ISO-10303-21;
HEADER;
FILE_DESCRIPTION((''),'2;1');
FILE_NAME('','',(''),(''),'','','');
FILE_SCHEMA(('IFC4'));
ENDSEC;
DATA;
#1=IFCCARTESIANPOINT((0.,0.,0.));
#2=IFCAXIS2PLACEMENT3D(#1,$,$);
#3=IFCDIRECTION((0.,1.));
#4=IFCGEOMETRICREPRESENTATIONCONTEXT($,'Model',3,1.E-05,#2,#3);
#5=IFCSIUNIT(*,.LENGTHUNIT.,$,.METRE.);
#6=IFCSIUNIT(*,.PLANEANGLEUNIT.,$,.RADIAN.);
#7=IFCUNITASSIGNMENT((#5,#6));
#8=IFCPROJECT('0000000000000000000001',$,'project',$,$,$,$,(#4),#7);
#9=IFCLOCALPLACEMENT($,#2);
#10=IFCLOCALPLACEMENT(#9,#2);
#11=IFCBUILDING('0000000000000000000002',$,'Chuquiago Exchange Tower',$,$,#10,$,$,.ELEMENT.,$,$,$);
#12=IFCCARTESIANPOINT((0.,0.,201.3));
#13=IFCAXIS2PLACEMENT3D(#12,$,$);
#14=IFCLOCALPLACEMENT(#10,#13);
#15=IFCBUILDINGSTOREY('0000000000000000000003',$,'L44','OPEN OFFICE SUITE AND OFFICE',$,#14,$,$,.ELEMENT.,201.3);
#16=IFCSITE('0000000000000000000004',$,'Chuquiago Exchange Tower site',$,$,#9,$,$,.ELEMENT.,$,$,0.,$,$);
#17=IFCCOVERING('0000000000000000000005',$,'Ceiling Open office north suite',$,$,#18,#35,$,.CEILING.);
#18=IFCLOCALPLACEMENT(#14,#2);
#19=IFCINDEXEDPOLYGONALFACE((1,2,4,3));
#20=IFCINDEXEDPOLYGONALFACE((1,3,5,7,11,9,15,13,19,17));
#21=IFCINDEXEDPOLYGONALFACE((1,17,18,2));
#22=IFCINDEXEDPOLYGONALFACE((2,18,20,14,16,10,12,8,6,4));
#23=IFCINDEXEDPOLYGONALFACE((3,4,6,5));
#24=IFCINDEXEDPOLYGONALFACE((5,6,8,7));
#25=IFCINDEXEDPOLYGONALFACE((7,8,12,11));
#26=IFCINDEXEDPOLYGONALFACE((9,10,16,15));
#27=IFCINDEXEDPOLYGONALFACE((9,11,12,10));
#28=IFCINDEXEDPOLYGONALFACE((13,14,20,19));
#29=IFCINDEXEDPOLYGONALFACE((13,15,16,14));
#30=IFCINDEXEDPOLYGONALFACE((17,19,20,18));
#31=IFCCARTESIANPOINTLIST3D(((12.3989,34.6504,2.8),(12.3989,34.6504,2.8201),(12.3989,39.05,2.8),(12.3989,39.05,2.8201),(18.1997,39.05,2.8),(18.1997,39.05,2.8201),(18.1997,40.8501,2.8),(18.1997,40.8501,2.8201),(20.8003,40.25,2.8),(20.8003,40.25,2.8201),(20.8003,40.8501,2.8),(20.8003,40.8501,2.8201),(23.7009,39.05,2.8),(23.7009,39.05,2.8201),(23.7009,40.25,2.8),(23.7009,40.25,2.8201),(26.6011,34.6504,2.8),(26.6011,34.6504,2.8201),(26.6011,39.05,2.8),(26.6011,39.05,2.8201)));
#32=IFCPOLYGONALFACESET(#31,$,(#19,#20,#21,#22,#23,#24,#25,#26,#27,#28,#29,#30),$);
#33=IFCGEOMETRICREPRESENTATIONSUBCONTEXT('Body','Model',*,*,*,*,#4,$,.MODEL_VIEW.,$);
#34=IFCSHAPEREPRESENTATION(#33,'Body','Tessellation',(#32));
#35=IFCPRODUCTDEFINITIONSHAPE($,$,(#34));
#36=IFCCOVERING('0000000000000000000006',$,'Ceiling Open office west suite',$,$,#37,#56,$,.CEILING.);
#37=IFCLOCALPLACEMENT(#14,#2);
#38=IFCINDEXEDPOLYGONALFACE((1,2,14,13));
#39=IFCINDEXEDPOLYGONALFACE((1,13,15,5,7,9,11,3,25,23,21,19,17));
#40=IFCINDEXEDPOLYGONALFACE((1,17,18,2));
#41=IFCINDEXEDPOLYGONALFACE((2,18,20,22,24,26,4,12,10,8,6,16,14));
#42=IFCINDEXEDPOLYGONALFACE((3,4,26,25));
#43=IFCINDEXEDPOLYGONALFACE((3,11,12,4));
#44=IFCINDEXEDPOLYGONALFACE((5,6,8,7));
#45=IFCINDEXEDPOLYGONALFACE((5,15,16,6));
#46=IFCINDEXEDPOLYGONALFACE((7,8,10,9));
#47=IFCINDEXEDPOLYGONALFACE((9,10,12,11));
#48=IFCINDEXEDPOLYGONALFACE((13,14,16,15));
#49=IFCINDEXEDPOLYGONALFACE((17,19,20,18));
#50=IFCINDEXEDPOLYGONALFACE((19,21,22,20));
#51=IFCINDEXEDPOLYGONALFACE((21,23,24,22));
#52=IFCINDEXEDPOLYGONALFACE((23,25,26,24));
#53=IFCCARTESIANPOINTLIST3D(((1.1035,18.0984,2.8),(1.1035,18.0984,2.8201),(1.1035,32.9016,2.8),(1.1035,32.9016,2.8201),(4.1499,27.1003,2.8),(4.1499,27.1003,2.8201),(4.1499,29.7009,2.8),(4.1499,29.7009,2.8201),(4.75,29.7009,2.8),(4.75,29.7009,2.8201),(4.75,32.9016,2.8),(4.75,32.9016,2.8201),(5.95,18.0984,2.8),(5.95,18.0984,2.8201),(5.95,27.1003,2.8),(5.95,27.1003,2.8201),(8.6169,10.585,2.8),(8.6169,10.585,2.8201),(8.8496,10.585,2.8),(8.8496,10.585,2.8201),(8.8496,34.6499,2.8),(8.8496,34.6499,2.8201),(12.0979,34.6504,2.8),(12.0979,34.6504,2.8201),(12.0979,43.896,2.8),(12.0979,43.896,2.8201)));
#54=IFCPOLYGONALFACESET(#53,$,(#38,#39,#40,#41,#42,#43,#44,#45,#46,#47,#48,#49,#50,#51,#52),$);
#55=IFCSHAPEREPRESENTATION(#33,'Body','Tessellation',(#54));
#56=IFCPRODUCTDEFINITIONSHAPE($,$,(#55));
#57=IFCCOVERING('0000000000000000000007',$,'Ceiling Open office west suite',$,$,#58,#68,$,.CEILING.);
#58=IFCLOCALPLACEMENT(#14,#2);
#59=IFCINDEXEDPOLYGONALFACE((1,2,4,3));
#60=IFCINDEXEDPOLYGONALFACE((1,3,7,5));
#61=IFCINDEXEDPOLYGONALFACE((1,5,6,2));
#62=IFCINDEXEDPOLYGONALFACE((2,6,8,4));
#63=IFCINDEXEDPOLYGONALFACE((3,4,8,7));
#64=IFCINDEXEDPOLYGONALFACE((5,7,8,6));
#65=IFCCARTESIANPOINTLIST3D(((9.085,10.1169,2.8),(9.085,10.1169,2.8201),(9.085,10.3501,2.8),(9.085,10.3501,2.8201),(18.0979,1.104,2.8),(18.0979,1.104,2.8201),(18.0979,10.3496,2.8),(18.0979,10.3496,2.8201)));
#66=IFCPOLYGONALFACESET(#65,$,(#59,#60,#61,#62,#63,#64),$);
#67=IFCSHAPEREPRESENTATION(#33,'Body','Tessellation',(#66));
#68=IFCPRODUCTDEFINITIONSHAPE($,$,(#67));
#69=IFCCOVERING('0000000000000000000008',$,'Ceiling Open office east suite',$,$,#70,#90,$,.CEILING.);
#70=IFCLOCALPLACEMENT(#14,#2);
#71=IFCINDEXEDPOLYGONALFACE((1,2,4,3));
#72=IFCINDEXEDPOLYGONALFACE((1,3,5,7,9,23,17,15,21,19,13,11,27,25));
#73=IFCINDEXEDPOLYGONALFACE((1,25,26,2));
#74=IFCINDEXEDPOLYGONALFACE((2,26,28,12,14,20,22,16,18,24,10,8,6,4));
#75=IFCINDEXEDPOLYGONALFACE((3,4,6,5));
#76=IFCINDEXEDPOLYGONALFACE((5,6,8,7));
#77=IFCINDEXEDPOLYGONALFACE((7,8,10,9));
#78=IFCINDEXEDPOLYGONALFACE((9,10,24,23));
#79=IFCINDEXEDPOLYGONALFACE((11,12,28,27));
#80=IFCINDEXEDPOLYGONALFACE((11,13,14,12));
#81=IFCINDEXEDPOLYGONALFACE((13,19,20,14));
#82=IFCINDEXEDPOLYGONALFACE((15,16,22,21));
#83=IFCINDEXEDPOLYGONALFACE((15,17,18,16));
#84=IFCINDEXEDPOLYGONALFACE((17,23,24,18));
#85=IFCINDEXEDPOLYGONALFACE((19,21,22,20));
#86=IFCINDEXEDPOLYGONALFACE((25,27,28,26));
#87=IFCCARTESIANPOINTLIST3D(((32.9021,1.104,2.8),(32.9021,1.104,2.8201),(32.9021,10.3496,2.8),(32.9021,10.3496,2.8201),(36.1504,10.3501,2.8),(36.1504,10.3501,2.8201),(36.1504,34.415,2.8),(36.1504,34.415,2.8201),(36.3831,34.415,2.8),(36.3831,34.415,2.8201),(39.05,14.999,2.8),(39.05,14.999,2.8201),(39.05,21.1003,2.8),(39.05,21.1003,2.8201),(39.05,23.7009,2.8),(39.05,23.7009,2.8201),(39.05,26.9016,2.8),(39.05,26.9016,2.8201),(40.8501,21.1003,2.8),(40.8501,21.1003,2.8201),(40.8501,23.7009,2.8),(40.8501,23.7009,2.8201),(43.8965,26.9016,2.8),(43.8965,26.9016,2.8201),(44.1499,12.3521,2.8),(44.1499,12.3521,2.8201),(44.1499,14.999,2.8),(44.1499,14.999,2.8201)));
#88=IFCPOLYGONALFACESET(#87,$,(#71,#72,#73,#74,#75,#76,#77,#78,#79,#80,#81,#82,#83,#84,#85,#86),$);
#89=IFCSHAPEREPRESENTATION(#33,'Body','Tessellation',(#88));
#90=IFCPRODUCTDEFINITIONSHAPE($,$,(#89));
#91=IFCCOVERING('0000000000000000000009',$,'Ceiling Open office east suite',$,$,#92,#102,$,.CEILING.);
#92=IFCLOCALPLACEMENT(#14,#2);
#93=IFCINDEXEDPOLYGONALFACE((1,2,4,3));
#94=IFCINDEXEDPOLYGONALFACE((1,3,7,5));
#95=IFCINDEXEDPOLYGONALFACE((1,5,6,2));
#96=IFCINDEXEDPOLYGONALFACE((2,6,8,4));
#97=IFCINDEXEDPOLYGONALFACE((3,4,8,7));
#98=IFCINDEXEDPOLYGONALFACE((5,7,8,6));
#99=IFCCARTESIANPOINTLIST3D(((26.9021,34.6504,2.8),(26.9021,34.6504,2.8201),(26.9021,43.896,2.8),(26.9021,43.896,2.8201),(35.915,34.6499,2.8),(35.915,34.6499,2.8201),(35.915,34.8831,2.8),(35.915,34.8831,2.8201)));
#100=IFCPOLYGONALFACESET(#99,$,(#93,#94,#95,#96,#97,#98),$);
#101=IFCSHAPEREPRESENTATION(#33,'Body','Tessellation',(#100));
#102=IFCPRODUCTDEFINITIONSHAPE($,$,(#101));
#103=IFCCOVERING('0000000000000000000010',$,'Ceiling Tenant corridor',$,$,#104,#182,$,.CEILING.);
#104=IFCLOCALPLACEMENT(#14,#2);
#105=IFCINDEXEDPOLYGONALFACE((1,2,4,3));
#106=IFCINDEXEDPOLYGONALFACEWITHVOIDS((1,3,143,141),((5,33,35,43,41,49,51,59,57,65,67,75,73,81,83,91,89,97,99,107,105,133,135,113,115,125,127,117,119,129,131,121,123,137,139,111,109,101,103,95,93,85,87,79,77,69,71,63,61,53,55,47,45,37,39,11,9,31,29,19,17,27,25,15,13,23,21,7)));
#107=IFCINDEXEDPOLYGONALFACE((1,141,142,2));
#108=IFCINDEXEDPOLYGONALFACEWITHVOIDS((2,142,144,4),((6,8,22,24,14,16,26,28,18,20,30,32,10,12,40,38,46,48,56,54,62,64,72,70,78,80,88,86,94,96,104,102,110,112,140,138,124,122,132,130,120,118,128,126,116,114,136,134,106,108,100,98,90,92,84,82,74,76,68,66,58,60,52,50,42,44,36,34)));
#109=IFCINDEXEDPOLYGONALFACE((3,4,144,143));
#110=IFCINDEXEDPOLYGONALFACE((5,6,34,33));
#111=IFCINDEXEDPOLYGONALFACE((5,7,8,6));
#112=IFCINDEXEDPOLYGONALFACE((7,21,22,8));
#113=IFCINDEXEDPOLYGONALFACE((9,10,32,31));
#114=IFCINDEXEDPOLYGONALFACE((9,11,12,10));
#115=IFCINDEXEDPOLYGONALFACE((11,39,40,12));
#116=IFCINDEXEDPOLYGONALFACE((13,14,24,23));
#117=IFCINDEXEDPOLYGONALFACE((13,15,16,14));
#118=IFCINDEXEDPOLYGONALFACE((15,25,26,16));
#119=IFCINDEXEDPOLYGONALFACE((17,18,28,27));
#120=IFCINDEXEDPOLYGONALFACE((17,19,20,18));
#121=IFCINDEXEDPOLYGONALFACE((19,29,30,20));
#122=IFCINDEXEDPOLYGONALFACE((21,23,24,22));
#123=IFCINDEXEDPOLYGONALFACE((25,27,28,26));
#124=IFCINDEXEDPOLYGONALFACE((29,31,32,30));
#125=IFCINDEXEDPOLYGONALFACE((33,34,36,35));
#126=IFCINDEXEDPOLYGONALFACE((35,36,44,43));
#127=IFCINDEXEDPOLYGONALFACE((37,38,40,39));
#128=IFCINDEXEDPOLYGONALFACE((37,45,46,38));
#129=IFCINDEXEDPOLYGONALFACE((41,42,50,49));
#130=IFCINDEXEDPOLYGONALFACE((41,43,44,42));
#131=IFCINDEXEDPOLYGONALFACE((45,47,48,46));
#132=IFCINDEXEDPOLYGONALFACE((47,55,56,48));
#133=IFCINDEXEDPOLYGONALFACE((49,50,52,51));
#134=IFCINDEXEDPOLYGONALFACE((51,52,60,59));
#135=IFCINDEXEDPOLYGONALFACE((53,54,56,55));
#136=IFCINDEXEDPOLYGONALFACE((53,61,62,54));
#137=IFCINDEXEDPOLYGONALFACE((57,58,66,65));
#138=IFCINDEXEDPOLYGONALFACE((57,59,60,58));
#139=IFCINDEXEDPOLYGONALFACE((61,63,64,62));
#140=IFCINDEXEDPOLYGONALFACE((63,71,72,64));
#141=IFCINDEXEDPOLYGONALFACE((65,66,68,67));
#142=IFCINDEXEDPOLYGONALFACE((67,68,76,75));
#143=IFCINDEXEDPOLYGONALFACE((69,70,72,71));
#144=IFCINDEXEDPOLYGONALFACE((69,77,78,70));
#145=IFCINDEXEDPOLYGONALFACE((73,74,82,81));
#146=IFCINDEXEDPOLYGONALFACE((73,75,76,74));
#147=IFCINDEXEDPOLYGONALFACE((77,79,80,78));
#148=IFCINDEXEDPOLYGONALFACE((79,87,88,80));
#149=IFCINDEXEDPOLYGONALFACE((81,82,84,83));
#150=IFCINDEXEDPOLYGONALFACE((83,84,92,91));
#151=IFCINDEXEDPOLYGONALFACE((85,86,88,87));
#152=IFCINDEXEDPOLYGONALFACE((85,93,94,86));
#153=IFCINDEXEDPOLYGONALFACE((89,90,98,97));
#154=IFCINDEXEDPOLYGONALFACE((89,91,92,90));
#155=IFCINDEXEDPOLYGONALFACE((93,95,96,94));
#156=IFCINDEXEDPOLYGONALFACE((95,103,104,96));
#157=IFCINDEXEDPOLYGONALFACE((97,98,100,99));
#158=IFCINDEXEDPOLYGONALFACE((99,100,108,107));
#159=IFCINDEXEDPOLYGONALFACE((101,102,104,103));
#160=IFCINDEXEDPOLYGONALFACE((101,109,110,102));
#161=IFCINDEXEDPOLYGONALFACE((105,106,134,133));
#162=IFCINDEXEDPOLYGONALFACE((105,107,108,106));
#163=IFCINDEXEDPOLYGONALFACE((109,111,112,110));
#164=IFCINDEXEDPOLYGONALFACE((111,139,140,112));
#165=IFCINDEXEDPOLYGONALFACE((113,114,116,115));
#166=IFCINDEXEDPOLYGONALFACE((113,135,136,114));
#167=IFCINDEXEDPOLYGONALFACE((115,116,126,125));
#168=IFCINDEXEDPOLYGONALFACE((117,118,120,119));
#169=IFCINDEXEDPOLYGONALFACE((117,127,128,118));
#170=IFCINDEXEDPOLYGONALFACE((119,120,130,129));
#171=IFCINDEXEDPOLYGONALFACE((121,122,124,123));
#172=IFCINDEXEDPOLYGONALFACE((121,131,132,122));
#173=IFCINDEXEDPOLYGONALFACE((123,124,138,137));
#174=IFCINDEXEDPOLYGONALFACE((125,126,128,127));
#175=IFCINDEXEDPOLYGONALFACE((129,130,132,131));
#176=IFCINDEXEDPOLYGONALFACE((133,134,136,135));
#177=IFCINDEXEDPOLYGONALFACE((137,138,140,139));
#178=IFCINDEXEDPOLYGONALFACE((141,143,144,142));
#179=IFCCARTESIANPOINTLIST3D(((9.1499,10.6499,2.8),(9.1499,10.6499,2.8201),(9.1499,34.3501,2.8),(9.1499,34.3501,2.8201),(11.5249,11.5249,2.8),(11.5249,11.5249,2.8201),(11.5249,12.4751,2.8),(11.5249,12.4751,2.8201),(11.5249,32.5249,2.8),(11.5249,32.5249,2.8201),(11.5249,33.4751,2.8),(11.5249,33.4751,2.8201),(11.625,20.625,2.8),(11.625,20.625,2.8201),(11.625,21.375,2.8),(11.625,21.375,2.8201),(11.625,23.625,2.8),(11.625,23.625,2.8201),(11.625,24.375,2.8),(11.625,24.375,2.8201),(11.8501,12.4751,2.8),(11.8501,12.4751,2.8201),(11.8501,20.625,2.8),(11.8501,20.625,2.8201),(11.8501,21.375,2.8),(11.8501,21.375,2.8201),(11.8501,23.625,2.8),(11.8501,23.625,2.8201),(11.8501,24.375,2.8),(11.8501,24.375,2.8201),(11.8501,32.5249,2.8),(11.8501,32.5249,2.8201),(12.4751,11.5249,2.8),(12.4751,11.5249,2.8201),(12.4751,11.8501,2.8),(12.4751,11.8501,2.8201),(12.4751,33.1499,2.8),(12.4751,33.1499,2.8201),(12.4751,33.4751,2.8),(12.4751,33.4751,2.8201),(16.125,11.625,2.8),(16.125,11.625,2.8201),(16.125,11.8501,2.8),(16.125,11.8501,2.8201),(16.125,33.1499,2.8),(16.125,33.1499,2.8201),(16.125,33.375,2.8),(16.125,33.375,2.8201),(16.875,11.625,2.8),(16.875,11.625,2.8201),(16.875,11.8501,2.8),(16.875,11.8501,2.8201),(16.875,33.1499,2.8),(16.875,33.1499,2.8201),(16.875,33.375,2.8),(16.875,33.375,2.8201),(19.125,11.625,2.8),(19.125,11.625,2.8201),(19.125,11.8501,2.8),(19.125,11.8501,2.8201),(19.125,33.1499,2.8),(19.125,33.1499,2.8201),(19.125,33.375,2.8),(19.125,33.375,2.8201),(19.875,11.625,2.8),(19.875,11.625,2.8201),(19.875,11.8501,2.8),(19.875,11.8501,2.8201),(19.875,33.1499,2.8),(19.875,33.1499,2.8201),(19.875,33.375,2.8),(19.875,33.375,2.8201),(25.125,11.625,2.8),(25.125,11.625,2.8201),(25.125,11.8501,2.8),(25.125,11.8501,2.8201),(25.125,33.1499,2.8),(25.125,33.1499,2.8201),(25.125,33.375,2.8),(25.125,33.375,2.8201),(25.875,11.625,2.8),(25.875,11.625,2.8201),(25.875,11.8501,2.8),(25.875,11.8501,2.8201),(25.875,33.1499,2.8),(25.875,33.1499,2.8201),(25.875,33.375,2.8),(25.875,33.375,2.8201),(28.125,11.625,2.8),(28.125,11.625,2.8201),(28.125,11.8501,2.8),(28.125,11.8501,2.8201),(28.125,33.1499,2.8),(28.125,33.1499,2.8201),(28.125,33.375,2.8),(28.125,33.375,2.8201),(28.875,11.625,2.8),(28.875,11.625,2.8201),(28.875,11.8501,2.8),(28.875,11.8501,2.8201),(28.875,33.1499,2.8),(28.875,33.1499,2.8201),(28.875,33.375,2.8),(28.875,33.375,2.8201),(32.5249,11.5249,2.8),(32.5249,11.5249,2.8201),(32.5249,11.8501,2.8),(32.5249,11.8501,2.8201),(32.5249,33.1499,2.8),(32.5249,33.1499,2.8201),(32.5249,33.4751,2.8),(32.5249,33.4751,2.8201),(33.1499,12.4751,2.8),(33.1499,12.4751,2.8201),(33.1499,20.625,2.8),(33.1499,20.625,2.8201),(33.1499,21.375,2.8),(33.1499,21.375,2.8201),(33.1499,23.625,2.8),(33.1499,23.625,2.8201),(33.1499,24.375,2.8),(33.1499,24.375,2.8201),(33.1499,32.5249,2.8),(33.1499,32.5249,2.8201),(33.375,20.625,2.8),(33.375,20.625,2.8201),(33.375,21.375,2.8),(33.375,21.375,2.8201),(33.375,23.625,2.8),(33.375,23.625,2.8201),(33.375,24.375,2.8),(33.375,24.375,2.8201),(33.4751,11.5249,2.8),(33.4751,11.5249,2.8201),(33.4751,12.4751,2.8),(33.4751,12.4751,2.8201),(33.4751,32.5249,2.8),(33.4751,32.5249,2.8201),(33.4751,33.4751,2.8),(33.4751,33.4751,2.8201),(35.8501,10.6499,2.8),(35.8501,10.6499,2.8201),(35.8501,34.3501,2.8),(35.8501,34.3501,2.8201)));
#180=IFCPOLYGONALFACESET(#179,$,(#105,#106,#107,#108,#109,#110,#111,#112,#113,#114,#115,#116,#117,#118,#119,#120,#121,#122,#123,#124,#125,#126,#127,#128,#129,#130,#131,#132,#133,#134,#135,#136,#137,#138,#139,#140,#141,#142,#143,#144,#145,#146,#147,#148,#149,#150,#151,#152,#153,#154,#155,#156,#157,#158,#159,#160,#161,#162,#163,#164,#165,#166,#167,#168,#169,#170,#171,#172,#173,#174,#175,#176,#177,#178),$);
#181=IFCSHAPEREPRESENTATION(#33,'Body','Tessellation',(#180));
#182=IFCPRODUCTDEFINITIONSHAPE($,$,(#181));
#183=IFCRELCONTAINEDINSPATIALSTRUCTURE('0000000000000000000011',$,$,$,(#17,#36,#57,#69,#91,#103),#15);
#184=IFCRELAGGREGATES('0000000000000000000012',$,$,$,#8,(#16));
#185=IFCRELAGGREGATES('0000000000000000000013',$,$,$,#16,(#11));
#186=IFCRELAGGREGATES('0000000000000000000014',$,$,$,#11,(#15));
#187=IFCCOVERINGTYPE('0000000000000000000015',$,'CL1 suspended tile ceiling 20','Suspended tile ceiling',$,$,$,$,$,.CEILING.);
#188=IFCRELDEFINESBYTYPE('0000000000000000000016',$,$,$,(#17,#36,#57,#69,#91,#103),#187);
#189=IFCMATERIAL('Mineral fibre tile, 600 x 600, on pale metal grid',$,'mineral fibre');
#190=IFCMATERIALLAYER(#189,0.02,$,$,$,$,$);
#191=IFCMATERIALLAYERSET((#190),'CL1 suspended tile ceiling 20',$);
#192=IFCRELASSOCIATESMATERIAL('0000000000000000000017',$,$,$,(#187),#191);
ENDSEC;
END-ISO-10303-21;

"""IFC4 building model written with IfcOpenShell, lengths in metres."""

from ifc_helpers import new_model, si_unit, direction, frame, origin, place, context, subcontext, project, spatial, polyline, outline, extrude, material, layer, layer_set, type_object, element, save


model = new_model("IFC4")

# Units and contexts
model_context = context("Model", 3, precision=1e-05, world=origin(), true_north=direction((0.0, 1.0)))
body_context = subcontext(model_context, "Body", "Model", "MODEL_VIEW")
ifc_project = project(units=[si_unit("LENGTHUNIT", "METRE"), si_unit("PLANEANGLEUNIT", "RADIAN")], contexts=[model_context])

# Site, building, storey
site_placement = place(None, origin())
site = spatial("IfcSite", under=ifc_project, at=site_placement, Name="Chuquiago Exchange Tower site", CompositionType="ELEMENT", RefElevation=0.0)
building_placement = place(site_placement, origin())
building = spatial("IfcBuilding", under=site, at=building_placement, Name="Chuquiago Exchange Tower", CompositionType="ELEMENT")
storey_placement = place(building_placement, frame((0.0, 0.0, 201.3)))
storey = spatial("IfcBuildingStorey", under=building, at=storey_placement, Name="L44", Description="OPEN OFFICE SUITE AND OFFICE", CompositionType="ELEMENT", Elevation=201.3)

# Coverings
ifc_material_1 = material(Name="Mineral fibre tile, 600 x 600, on pale metal grid", Category="mineral fibre")
ifc_layer_1 = layer(ifc_material_1, 0.02)
ifc_layer_set_1 = layer_set([ifc_layer_1], Name="CL1 suspended tile ceiling 20")
covering_type_1 = type_object("IfcCoveringType", Name="CL1 suspended tile ceiling 20", Description="Suspended tile ceiling", PredefinedType="CEILING", material=ifc_layer_set_1)
covering_1_placement = place(storey_placement, frame((0.0, 0.0, 2.8)))
element("IfcCovering", 1, at=covering_1_placement, inside=storey, type_object=covering_type_1, Name="Ceiling Open office north suite", PredefinedType="CEILING", context=body_context, shape_type="SweptSolid", body=[
    extrude(outline(polyline([(18.1997, 39.05), (18.1997, 40.8501), (20.8003, 40.8501), (20.8003, 40.25), (23.7009, 40.25), (23.7009, 39.05), (26.6011, 39.05), (26.6011, 34.6504), (12.3989, 34.6504), (12.3989, 39.05), (18.1997, 39.05)])), origin(), (0.0, 0.0, 1.0), 0.02),
])
covering_2_placement = place(storey_placement, frame((0.0, 0.0, 2.8)))
element("IfcCovering", 2, at=covering_2_placement, inside=storey, type_object=covering_type_1, Name="Ceiling Open office west suite", PredefinedType="CEILING", context=body_context, shape_type="SweptSolid", body=[
    extrude(outline(polyline([(5.95, 18.0984), (5.95, 27.1003), (4.1499, 27.1003), (4.1499, 29.7009), (4.75, 29.7009), (4.75, 32.9016), (1.1035, 32.9016), (12.0979, 43.896), (12.0979, 34.6504), (8.8496, 34.6499), (8.8496, 10.585), (8.6169, 10.585), (1.1035, 18.0984), (5.95, 18.0984)])), origin(), (0.0, 0.0, 1.0), 0.02),
])
covering_3_placement = place(storey_placement, frame((0.0, 0.0, 2.8)))
element("IfcCovering", 3, at=covering_3_placement, inside=storey, type_object=covering_type_1, Name="Ceiling Open office west suite", PredefinedType="CEILING", context=body_context, shape_type="SweptSolid", body=[
    extrude(outline(polyline([(18.0979, 10.3496), (18.0979, 1.104), (9.085, 10.1169), (9.085, 10.3501), (18.0979, 10.3496)])), origin(), (0.0, 0.0, 1.0), 0.02),
])
covering_4_placement = place(storey_placement, frame((0.0, 0.0, 2.8)))
element("IfcCovering", 4, at=covering_4_placement, inside=storey, type_object=covering_type_1, Name="Ceiling Open office east suite", PredefinedType="CEILING", context=body_context, shape_type="SweptSolid", body=[
    extrude(outline(polyline([(43.8965, 26.9016), (39.05, 26.9016), (39.05, 23.7009), (40.8501, 23.7009), (40.8501, 21.1003), (39.05, 21.1003), (39.05, 14.999), (44.1499, 14.999), (44.1499, 12.3521), (32.9021, 1.104), (32.9021, 10.3496), (36.1504, 10.3501), (36.1504, 34.415), (36.3831, 34.415), (43.8965, 26.9016)])), origin(), (0.0, 0.0, 1.0), 0.02),
])
covering_5_placement = place(storey_placement, frame((0.0, 0.0, 2.8)))
element("IfcCovering", 5, at=covering_5_placement, inside=storey, type_object=covering_type_1, Name="Ceiling Open office east suite", PredefinedType="CEILING", context=body_context, shape_type="SweptSolid", body=[
    extrude(outline(polyline([(26.9021, 34.6504), (26.9021, 43.896), (35.915, 34.8831), (35.915, 34.6499), (26.9021, 34.6504)])), origin(), (0.0, 0.0, 1.0), 0.02),
])
covering_6_placement = place(storey_placement, frame((0.0, 0.0, 2.8)))
element("IfcCovering", 6, at=covering_6_placement, inside=storey, type_object=covering_type_1, Name="Ceiling Tenant corridor", PredefinedType="CEILING", context=body_context, shape_type="SweptSolid", body=[
    extrude(outline(polyline([(9.1499, 34.3501), (35.8501, 34.3501), (35.8501, 10.6499), (9.1499, 10.6499), (9.1499, 34.3501)]), holes=[polyline([(11.8501, 24.375), (11.625, 24.375), (11.625, 23.625), (11.8501, 23.625), (11.8501, 21.375), (11.625, 21.375), (11.625, 20.625), (11.8501, 20.625), (11.8501, 12.4751), (11.5249, 12.4751), (11.5249, 11.5249), (12.4751, 11.5249), (12.4751, 11.8501), (16.125, 11.8501), (16.125, 11.625), (16.875, 11.625), (16.875, 11.8501), (19.125, 11.8501), (19.125, 11.625), (19.875, 11.625), (19.875, 11.8501), (25.125, 11.8501), (25.125, 11.625), (25.875, 11.625), (25.875, 11.8501), (28.125, 11.8501), (28.125, 11.625), (28.875, 11.625), (28.875, 11.8501), (32.5249, 11.8501), (32.5249, 11.5249), (33.4751, 11.5249), (33.4751, 12.4751), (33.1499, 12.4751), (33.1499, 20.625), (33.375, 20.625), (33.375, 21.375), (33.1499, 21.375), (33.1499, 23.625), (33.375, 23.625), (33.375, 24.375), (33.1499, 24.375), (33.1499, 32.5249), (33.4751, 32.5249), (33.4751, 33.4751), (32.5249, 33.4751), (32.5249, 33.1499), (28.875, 33.1499), (28.875, 33.375), (28.125, 33.375), (28.125, 33.1499), (25.875, 33.1499), (25.875, 33.375), (25.125, 33.375), (25.125, 33.1499), (19.875, 33.1499), (19.875, 33.375), (19.125, 33.375), (19.125, 33.1499), (16.875, 33.1499), (16.875, 33.375), (16.125, 33.375), (16.125, 33.1499), (12.4751, 33.1499), (12.4751, 33.4751), (11.5249, 33.4751), (11.5249, 32.5249), (11.8501, 32.5249), (11.8501, 24.375)])]), origin(), (0.0, 0.0, 1.0), 0.02),
])

save(model, "model.ifc")
